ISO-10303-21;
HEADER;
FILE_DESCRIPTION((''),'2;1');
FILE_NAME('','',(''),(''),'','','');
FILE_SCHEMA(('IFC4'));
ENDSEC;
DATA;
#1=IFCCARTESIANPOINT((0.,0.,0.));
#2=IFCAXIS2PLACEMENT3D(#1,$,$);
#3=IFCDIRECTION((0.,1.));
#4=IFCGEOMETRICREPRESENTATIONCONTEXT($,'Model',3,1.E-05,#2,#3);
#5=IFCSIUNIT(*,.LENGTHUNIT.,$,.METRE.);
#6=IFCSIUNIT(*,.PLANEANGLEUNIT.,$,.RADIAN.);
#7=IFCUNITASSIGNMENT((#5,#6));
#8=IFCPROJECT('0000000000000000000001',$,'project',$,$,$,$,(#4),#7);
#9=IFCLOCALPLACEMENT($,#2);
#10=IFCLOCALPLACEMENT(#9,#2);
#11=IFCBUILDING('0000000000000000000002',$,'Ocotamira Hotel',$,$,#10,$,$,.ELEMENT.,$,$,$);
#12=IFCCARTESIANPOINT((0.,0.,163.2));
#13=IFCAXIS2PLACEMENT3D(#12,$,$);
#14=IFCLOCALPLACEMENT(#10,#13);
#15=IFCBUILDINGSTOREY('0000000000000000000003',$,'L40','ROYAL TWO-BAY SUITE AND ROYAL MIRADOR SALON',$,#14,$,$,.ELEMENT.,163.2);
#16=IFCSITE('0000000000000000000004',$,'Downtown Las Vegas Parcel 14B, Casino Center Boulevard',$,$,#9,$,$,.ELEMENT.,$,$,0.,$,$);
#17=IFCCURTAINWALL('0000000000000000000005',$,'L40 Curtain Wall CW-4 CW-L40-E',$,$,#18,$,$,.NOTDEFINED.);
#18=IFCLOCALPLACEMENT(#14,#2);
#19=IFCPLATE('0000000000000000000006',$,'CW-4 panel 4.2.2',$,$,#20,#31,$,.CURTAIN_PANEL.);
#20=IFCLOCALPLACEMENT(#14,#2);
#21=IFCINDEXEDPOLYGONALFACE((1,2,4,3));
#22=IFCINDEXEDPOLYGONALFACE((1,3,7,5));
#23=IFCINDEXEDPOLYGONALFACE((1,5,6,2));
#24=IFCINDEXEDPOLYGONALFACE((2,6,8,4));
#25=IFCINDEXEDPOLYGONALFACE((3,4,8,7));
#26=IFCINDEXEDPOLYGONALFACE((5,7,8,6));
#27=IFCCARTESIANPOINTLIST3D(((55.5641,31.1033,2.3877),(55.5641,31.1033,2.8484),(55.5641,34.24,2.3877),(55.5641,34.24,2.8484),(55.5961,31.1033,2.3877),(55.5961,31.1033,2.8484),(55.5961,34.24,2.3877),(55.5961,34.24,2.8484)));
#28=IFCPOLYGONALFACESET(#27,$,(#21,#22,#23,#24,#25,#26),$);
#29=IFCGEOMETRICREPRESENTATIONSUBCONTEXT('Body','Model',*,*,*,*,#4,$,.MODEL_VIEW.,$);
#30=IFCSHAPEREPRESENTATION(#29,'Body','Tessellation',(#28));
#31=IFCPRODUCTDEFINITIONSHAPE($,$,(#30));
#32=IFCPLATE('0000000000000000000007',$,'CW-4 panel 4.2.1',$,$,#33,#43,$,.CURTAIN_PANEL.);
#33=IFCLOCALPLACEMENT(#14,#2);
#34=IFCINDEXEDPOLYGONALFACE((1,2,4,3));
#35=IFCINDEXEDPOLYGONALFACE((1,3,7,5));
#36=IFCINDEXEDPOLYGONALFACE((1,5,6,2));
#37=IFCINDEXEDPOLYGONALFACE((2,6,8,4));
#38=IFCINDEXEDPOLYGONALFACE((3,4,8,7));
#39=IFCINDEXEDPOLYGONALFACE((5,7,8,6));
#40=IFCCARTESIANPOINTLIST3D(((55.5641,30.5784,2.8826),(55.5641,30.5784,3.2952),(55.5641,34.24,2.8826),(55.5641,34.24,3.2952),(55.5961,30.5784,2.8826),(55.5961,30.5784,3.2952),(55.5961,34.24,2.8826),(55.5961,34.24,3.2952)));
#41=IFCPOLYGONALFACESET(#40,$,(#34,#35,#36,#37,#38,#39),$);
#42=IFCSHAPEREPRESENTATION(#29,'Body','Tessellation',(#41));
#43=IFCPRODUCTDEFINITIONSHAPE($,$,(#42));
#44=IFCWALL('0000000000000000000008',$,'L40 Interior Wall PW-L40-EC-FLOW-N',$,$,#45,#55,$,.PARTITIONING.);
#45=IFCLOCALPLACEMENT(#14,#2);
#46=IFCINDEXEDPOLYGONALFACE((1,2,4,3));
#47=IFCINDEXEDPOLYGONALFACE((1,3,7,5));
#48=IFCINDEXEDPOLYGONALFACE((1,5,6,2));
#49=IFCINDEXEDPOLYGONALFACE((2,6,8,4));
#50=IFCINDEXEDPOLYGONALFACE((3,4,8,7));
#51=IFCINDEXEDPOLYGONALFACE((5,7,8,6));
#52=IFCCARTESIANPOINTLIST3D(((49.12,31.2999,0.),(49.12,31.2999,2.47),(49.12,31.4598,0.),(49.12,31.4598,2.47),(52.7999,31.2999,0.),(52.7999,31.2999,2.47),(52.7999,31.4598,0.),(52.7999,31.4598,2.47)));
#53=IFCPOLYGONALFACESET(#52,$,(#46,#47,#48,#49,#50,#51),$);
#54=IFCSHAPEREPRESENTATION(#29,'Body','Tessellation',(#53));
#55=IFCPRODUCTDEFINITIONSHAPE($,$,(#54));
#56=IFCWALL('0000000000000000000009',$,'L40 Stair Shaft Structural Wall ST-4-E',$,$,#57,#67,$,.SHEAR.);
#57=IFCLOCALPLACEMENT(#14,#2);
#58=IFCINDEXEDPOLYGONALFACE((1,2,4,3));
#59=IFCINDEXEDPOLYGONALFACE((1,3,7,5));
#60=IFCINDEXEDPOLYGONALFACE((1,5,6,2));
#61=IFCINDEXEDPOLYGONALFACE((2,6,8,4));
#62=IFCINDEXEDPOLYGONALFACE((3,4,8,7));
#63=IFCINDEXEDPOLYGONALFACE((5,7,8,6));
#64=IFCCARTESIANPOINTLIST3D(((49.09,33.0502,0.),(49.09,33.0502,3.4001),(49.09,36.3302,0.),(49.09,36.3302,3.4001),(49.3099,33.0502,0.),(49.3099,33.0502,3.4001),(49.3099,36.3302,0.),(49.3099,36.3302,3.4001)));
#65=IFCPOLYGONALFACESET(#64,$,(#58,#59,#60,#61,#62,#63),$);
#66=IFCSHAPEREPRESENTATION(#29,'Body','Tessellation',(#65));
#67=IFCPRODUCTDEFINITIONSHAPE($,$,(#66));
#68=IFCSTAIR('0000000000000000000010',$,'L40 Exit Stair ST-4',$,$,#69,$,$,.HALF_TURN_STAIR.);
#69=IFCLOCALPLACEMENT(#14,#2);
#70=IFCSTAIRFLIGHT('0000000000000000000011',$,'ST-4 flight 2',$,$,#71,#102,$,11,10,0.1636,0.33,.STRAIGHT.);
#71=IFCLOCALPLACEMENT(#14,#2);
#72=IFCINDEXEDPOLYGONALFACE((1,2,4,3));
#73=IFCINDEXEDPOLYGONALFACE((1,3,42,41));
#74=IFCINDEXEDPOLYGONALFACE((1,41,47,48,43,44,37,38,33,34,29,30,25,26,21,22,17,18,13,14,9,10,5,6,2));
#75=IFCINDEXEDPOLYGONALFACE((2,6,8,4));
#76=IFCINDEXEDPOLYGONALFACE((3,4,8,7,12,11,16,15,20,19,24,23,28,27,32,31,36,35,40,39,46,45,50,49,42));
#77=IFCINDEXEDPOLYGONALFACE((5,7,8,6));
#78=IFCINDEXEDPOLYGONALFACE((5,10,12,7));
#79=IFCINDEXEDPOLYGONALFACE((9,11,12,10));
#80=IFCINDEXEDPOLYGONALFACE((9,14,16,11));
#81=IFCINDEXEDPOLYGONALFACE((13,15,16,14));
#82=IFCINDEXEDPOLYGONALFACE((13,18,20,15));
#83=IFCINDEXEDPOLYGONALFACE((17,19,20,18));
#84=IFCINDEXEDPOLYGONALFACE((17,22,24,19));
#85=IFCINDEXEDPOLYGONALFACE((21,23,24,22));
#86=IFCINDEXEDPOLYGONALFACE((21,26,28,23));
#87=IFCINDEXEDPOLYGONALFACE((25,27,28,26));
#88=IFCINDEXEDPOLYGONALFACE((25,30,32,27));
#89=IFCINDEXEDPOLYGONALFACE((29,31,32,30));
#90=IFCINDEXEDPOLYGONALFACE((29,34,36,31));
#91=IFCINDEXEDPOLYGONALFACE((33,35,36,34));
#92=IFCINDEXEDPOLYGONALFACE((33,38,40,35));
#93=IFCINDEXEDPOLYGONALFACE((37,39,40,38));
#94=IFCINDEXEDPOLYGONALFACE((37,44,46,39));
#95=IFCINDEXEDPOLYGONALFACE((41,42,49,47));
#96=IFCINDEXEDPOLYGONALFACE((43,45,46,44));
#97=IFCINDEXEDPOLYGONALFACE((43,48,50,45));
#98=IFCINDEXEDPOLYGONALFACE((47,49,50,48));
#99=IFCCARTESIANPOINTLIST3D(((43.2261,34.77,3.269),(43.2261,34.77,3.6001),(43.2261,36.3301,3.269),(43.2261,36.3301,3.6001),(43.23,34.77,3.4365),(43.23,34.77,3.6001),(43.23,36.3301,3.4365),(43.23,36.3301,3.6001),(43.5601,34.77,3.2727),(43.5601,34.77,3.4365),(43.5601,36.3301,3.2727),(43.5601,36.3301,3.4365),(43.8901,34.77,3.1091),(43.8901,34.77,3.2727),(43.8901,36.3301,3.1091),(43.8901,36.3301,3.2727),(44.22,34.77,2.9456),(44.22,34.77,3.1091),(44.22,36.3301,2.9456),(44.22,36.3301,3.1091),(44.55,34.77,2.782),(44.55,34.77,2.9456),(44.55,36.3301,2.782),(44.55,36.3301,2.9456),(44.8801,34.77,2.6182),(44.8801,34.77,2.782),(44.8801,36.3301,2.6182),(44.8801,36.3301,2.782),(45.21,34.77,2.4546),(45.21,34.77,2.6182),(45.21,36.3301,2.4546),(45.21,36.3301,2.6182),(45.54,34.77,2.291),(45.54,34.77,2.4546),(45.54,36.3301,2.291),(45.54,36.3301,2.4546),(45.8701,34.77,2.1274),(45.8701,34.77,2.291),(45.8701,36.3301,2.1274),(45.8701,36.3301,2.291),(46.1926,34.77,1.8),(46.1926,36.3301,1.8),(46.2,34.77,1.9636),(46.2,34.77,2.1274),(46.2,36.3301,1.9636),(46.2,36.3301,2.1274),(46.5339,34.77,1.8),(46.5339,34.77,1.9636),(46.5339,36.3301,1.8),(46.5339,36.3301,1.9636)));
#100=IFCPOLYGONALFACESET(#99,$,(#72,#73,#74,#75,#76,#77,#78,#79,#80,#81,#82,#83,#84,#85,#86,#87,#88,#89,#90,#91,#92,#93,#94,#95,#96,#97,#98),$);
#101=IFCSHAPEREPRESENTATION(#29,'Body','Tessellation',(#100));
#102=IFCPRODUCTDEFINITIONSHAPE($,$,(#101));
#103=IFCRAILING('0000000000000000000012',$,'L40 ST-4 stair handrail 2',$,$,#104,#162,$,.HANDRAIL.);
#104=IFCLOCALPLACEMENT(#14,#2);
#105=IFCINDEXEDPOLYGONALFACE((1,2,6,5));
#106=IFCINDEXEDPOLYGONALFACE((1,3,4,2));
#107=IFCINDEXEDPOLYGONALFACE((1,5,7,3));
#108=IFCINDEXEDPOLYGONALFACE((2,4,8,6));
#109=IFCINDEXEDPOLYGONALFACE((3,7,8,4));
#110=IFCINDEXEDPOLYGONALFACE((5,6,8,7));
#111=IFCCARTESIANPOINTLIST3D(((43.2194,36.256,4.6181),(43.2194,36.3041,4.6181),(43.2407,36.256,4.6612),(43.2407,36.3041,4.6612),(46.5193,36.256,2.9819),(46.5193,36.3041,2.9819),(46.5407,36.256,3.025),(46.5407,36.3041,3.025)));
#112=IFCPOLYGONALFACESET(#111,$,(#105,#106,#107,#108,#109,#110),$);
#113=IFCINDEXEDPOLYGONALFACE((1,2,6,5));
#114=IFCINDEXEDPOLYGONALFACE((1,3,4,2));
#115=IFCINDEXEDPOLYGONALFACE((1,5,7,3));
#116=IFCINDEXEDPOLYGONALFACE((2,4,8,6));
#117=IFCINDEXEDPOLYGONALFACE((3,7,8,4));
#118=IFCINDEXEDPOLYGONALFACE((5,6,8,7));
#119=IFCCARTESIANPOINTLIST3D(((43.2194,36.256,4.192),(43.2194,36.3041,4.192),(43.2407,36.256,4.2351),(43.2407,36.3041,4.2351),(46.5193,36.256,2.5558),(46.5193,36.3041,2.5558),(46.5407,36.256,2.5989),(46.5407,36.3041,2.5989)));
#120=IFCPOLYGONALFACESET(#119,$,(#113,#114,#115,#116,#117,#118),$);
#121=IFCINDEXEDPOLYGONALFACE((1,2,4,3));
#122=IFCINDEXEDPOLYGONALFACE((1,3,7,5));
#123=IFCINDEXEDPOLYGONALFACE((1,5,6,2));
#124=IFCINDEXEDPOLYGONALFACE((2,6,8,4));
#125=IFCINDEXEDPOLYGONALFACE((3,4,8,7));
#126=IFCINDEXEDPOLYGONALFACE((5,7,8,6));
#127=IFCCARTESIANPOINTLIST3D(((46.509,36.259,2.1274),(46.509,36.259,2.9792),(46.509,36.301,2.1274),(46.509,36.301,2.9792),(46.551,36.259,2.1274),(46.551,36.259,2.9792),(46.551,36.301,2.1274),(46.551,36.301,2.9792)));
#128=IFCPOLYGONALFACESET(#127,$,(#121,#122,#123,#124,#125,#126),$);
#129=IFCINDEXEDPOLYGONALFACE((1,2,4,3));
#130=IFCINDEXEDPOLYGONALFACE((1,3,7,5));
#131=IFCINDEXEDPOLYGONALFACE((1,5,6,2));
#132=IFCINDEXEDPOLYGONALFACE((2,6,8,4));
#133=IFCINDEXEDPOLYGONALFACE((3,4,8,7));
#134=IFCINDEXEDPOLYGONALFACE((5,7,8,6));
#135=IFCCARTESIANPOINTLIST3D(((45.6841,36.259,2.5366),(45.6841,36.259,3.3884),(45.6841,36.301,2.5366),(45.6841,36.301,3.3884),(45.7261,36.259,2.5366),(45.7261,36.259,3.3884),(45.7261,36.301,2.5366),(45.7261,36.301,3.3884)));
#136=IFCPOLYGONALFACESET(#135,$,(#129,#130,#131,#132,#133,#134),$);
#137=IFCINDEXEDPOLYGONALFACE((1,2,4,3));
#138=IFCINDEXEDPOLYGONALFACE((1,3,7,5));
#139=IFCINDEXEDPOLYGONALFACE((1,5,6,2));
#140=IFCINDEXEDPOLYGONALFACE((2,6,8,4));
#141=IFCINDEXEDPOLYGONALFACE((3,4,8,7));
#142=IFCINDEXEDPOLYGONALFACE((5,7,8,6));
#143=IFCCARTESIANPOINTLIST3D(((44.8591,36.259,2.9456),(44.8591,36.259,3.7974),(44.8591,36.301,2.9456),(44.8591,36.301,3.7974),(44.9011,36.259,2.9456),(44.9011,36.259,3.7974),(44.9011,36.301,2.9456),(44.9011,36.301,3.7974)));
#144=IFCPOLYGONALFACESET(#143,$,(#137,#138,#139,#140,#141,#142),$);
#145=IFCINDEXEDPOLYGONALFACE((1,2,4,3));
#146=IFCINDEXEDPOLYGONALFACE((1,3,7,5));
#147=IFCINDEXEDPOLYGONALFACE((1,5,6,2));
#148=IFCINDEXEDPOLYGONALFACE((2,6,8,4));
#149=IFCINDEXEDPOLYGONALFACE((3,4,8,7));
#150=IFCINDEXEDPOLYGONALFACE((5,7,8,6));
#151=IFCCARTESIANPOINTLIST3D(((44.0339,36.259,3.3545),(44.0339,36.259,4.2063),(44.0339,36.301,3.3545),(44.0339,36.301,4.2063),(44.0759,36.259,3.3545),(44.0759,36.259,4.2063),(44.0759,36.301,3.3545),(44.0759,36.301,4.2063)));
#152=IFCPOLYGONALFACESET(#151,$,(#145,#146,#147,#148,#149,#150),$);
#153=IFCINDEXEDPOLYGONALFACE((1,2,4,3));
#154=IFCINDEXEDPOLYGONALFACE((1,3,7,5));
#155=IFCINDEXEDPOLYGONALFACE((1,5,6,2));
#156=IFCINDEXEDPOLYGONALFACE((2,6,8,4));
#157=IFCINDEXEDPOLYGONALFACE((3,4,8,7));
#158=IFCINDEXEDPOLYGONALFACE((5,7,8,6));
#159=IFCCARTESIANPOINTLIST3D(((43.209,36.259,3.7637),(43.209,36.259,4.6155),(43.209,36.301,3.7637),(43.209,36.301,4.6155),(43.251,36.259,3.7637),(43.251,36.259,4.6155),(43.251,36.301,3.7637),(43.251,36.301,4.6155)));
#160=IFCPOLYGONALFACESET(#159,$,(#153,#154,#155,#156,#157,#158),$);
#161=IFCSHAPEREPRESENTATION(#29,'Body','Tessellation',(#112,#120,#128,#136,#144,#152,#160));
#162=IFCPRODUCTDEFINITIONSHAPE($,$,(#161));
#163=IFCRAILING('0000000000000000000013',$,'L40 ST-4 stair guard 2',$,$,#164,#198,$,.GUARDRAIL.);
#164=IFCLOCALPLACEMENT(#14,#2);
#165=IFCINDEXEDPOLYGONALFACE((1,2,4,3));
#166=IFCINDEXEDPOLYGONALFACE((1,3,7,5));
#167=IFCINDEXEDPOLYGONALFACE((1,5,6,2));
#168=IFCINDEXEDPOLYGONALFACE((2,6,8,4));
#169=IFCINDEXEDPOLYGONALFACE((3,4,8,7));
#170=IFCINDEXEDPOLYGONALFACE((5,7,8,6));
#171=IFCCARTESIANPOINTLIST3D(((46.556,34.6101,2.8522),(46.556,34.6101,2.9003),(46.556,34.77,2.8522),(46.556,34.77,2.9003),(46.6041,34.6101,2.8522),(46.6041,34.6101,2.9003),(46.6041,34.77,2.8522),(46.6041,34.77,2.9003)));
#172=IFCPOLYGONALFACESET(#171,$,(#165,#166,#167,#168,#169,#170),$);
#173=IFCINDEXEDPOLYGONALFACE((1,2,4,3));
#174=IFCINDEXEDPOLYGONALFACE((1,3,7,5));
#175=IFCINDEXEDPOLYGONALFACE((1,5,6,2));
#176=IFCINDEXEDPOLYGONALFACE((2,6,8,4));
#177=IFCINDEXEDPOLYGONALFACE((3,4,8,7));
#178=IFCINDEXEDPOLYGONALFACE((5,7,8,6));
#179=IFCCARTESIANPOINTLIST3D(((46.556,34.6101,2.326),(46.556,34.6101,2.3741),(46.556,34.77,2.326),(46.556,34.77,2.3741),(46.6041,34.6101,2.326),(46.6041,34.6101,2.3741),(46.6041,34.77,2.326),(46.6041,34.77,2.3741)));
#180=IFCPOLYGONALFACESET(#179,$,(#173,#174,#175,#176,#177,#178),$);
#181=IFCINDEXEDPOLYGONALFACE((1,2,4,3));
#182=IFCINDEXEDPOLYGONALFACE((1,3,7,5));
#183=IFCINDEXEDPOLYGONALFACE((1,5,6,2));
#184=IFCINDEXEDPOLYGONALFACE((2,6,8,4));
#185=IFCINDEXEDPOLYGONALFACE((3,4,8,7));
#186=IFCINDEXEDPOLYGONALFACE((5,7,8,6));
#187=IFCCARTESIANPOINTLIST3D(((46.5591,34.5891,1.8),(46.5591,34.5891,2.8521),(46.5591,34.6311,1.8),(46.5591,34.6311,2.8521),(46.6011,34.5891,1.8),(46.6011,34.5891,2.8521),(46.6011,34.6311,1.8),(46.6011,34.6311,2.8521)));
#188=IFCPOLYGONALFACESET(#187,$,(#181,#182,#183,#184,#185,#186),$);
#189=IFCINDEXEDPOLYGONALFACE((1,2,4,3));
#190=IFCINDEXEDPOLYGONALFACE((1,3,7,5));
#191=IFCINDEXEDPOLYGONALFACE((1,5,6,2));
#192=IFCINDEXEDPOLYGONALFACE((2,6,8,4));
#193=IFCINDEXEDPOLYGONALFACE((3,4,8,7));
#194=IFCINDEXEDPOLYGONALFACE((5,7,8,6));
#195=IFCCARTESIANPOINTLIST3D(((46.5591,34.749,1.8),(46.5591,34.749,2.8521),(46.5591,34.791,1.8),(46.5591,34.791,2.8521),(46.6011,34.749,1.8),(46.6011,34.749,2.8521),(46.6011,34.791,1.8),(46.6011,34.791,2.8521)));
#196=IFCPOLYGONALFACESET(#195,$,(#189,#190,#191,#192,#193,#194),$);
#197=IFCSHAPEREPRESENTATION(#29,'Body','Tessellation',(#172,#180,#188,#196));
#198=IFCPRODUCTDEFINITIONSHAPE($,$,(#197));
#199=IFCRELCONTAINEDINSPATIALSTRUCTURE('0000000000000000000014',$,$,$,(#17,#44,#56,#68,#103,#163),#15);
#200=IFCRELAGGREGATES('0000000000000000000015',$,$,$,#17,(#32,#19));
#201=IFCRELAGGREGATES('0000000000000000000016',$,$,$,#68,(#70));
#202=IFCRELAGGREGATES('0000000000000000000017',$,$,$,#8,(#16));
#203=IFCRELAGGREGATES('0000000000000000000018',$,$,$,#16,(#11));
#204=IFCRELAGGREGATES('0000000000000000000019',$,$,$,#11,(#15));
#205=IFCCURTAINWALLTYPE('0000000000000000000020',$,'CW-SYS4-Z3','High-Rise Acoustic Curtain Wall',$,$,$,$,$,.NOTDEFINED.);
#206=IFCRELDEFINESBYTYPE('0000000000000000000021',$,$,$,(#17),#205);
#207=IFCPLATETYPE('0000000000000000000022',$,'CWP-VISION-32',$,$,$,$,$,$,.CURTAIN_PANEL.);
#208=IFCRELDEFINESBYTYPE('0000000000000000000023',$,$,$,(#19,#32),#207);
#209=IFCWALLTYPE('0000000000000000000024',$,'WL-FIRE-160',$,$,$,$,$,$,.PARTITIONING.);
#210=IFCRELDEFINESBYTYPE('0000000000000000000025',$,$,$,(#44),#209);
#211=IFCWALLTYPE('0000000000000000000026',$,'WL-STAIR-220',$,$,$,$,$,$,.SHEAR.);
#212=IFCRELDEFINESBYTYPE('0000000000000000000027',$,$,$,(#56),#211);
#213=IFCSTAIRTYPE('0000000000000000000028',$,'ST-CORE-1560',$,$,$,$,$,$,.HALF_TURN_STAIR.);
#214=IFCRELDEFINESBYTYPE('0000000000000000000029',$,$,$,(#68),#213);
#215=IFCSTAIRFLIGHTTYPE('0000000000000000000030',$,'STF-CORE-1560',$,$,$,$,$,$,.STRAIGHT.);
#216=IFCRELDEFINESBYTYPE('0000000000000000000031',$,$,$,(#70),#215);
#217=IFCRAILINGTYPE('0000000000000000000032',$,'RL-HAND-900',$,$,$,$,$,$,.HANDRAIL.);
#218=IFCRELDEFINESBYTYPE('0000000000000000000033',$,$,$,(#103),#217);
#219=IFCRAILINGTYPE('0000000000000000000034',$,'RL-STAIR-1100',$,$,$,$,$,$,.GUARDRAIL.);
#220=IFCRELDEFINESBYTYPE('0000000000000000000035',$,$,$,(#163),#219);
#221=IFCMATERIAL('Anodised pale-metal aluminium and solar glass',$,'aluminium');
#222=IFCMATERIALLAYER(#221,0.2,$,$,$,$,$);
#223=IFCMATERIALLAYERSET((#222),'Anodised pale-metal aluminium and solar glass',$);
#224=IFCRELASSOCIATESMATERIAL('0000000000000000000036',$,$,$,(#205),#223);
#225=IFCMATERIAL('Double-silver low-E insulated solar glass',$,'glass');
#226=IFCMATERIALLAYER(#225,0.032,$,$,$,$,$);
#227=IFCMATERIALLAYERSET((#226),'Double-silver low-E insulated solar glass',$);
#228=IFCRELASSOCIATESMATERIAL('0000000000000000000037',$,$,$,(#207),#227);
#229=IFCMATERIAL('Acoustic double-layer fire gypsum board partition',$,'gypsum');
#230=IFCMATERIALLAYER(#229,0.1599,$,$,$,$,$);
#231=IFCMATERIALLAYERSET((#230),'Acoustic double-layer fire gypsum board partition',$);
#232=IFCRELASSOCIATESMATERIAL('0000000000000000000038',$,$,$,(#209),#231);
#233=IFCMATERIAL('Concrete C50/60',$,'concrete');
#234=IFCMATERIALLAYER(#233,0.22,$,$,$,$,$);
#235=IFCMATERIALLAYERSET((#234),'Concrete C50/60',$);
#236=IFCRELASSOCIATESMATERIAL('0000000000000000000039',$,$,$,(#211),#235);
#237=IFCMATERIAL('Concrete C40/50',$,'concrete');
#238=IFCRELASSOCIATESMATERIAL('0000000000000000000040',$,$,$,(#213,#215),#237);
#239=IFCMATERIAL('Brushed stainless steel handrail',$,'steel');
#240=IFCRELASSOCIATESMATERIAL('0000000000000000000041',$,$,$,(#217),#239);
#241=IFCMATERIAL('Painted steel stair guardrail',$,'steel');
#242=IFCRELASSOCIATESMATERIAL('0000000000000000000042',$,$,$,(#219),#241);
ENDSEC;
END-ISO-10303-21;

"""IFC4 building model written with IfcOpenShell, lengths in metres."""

from ifc_helpers import new_model, si_unit, direction, frame, frame_2d, origin, origin_2d, place, context, subcontext, project, spatial, polyline, rectangle, outline, extrude, source, transform, mapped, material, layer, layer_set, type_object, element, aggregate, save


model = new_model("IFC4")

# Units and contexts
model_context = context("Model", 3, precision=1e-05, world=origin(), true_north=direction((0.0, 1.0)))
body_context = subcontext(model_context, "Body", "Model", "MODEL_VIEW")
ifc_project = project(units=[si_unit("LENGTHUNIT", "METRE"), si_unit("PLANEANGLEUNIT", "RADIAN")], contexts=[model_context])

# Site, building, storey
site_placement = place(None, origin())
site = spatial("IfcSite", under=ifc_project, at=site_placement, Name="Downtown Las Vegas Parcel 14B, Casino Center Boulevard", CompositionType="ELEMENT", RefElevation=0.0)
building_placement = place(site_placement, origin())
building = spatial("IfcBuilding", under=site, at=building_placement, Name="Ocotamira Hotel", CompositionType="ELEMENT")
storey_placement = place(building_placement, frame((0.0, 0.0, 163.2)))
storey = spatial("IfcBuildingStorey", under=building, at=storey_placement, Name="L40", Description="ROYAL TWO-BAY SUITE AND ROYAL MIRADOR SALON", CompositionType="ELEMENT", Elevation=163.2)

# Curtain wall
ifc_material_1 = material(Name="Anodised pale-metal aluminium and solar glass", Category="aluminium")
ifc_layer_1 = layer(ifc_material_1, 0.2)
ifc_layer_set_1 = layer_set([ifc_layer_1], Name="Anodised pale-metal aluminium and solar glass")
curtain_wall_type = type_object("IfcCurtainWallType", Name="CW-SYS4-Z3", Description="High-Rise Acoustic Curtain Wall", PredefinedType="NOTDEFINED", material=ifc_layer_set_1)
curtain_wall_placement = place(storey_placement, origin())
curtain_wall = element("IfcCurtainWall", 1, at=curtain_wall_placement, inside=storey, type_object=curtain_wall_type, Name="L40 Curtain Wall CW-4 CW-L40-E", PredefinedType="NOTDEFINED")

# Plates
ifc_material_2 = material(Name="Double-silver low-E insulated solar glass", Category="glass")
ifc_layer_2 = layer(ifc_material_2, 0.032)
ifc_layer_set_2 = layer_set([ifc_layer_2], Name="Double-silver low-E insulated solar glass")
plate_type_1 = type_object("IfcPlateType", Name="CWP-VISION-32", PredefinedType="CURTAIN_PANEL", material=ifc_layer_set_2)
shared_shape_1 = source(origin(), body_context, "Body", "SweptSolid", [
    extrude(rectangle(XDim=3.1367, YDim=0.032, at=origin_2d()), origin(), (0.0, 0.0, 1.0), 0.4607),
])
plate_1_placement = place(storey_placement, frame((55.5801, 32.6716, 2.3877), z_axis=(0.0, 0.0, 1.0), x_axis=(0.0, 1.0, 0.0)))
plate_1 = element("IfcPlate", 2, at=plate_1_placement, type_object=plate_type_1, Name="CW-4 panel 4.2.2", PredefinedType="CURTAIN_PANEL", context=body_context, shape_type="MappedRepresentation", body=[
    mapped(shared_shape_1, transform((0.0, 0.0, 0.0), scale=1.0)),
])
shared_shape_2 = source(origin(), body_context, "Body", "SweptSolid", [
    extrude(rectangle(XDim=3.6616, YDim=0.032, at=origin_2d()), origin(), (0.0, 0.0, 1.0), 0.4126),
])
plate_2_placement = place(storey_placement, frame((55.5801, 32.4092, 2.8826), z_axis=(0.0, 0.0, 1.0), x_axis=(0.0, 1.0, 0.0)))
plate_2 = element("IfcPlate", 3, at=plate_2_placement, type_object=plate_type_1, Name="CW-4 panel 4.2.1", PredefinedType="CURTAIN_PANEL", context=body_context, shape_type="MappedRepresentation", body=[
    mapped(shared_shape_2, transform((0.0, 0.0, 0.0), scale=1.0)),
])
aggregate(curtain_wall, [plate_2, plate_1])

# Wall
ifc_material_3 = material(Name="Acoustic double-layer fire gypsum board partition", Category="gypsum")
ifc_layer_3 = layer(ifc_material_3, 0.1599)
ifc_layer_set_3 = layer_set([ifc_layer_3], Name="Acoustic double-layer fire gypsum board partition")
wall_type_1 = type_object("IfcWallType", Name="WL-FIRE-160", PredefinedType="PARTITIONING", material=ifc_layer_set_3)
wall_1_placement = place(storey_placement, frame((49.1201, 31.3799, 0.0), z_axis=(0.0, 0.0, 1.0), x_axis=(1.0, 0.0, 0.0)))
element("IfcWall", 4, at=wall_1_placement, inside=storey, type_object=wall_type_1, Name="L40 Interior Wall PW-L40-EC-FLOW-N", PredefinedType="PARTITIONING", context=body_context, shape_type="SweptSolid", body=[
    extrude(rectangle(XDim=3.6799, YDim=0.1599, at=frame_2d((1.8398, 0.0))), origin(), (0.0, 0.0, 1.0), 2.47),
])

# Wall
ifc_material_4 = material(Name="Concrete C50/60", Category="concrete")
ifc_layer_4 = layer(ifc_material_4, 0.22)
ifc_layer_set_4 = layer_set([ifc_layer_4], Name="Concrete C50/60")
wall_type_2 = type_object("IfcWallType", Name="WL-STAIR-220", PredefinedType="SHEAR", material=ifc_layer_set_4)
wall_2_placement = place(storey_placement, frame((49.2, 33.05, 0.0), z_axis=(0.0, 0.0, 1.0), x_axis=(0.0, 1.0, 0.0)))
element("IfcWall", 5, at=wall_2_placement, inside=storey, type_object=wall_type_2, Name="L40 Stair Shaft Structural Wall ST-4-E", PredefinedType="SHEAR", context=body_context, shape_type="SweptSolid", body=[
    extrude(rectangle(XDim=3.28, YDim=0.22, at=frame_2d((1.6401, 0.0))), origin(), (0.0, 0.0, 1.0), 3.4001),
])

# Stair, stair flight
ifc_material_5 = material(Name="Concrete C40/50", Category="concrete")
stair_type = type_object("IfcStairType", Name="ST-CORE-1560", PredefinedType="HALF_TURN_STAIR", material=ifc_material_5)
stair_placement = place(storey_placement, origin())
stair = element("IfcStair", 6, at=stair_placement, inside=storey, type_object=stair_type, Name="L40 Exit Stair ST-4", PredefinedType="HALF_TURN_STAIR")
stair_flight_type = type_object("IfcStairFlightType", Name="STF-CORE-1560", PredefinedType="STRAIGHT", material=ifc_material_5)
shared_shape_3 = source(origin(), body_context, "Body", "SweptSolid", [
    extrude(outline(polyline([(-0.0039, 0.0), (-0.0039, 0.1636), (0.3301, 0.1636), (0.3301, 0.3274), (0.6599, 0.3274), (0.6599, 0.491), (0.99, 0.491), (0.99, 0.6545), (1.3201, 0.6545), (1.3201, 0.8181), (1.6499, 0.8181), (1.6499, 0.9819), (1.98, 0.9819), (1.98, 1.1455), (2.3101, 1.1455), (2.3101, 1.3091), (2.6399, 1.3091), (2.6399, 1.4727), (2.97, 1.4727), (2.97, 1.6365), (3.3, 1.6365), (3.3, 1.8), (3.304, 1.8), (3.304, 1.469), (0.3374, 0.0), (-0.0039, 0.0)])), frame((0.0, 0.78, 0.0), z_axis=(0.0, -1.0, 0.0), x_axis=(1.0, 0.0, 0.0)), (0.0, 0.0, 1.0), 1.5601),
])
stair_flight_placement = place(storey_placement, frame((46.53, 35.55, 1.8), z_axis=(0.0, 0.0, 1.0), x_axis=(-1.0, 0.0, 0.0)))
stair_flight = element("IfcStairFlight", 7, at=stair_flight_placement, type_object=stair_flight_type, Name="ST-4 flight 2", NumberOfRisers=11, NumberOfTreads=10, PredefinedType="STRAIGHT", RiserHeight=0.1636, TreadLength=0.33, context=body_context, shape_type="MappedRepresentation", body=[
    mapped(shared_shape_3, transform((0.0, 0.0, 0.0), scale=1.0)),
])
aggregate(stair, [stair_flight])

# Railings
ifc_material_6 = material(Name="Brushed stainless steel handrail", Category="steel")
railing_type_1 = type_object("IfcRailingType", Name="RL-HAND-900", PredefinedType="HANDRAIL", material=ifc_material_6)
railing_1_placement = place(storey_placement, frame((46.53, 36.28, 2.1274)))
element("IfcRailing", 8, at=railing_1_placement, inside=storey, type_object=railing_type_1, Name="L40 ST-4 stair handrail 2", PredefinedType="HANDRAIL", context=body_context, shape_type="SweptSolid", body=[
    extrude(rectangle(XDim=0.0481, YDim=0.0481, at=origin_2d()), frame((0.0, 0.0, 0.876), z_axis=(-0.89592, 0.0, 0.444215), x_axis=(0.0, -1.0, 0.0)), (0.0, 0.0, 1.0), 3.6833),
    extrude(rectangle(XDim=0.0481, YDim=0.0481, at=origin_2d()), frame((0.0, 0.0, 0.45), z_axis=(-0.89592, 0.0, 0.444215), x_axis=(0.0, -1.0, 0.0)), (0.0, 0.0, 1.0), 3.6833),
    extrude(rectangle(XDim=0.042, YDim=0.042, at=origin_2d()), origin(), (0.0, 0.0, 1.0), 0.8518),
    extrude(rectangle(XDim=0.042, YDim=0.042, at=origin_2d()), frame((-0.825, 0.0, 0.4092)), (0.0, 0.0, 1.0), 0.8518),
    extrude(rectangle(XDim=0.042, YDim=0.042, at=origin_2d()), frame((-1.6499, 0.0, 0.8181)), (0.0, 0.0, 1.0), 0.8518),
    extrude(rectangle(XDim=0.042, YDim=0.042, at=origin_2d()), frame((-2.4751, 0.0, 1.2271)), (0.0, 0.0, 1.0), 0.8518),
    extrude(rectangle(XDim=0.042, YDim=0.042, at=origin_2d()), frame((-3.3, 0.0, 1.6362)), (0.0, 0.0, 1.0), 0.8518),
])
ifc_material_7 = material(Name="Painted steel stair guardrail", Category="steel")
railing_type_2 = type_object("IfcRailingType", Name="RL-STAIR-1100", PredefinedType="GUARDRAIL", material=ifc_material_7)
railing_2_placement = place(storey_placement, frame((46.5801, 34.6101, 1.8)))
element("IfcRailing", 9, at=railing_2_placement, inside=storey, type_object=railing_type_2, Name="L40 ST-4 stair guard 2", PredefinedType="GUARDRAIL", context=body_context, shape_type="SweptSolid", body=[
    extrude(rectangle(XDim=0.0481, YDim=0.0481, at=origin_2d()), frame((0.0, 0.0, 1.0762), z_axis=(0.0, 1.0, 0.0), x_axis=(-1.0, 0.0, 0.0)), (0.0, 0.0, 1.0), 0.1599),
    extrude(rectangle(XDim=0.0481, YDim=0.0481, at=origin_2d()), frame((0.0, 0.0, 0.55), z_axis=(0.0, 1.0, 0.0), x_axis=(-1.0, 0.0, 0.0)), (0.0, 0.0, 1.0), 0.1599),
    extrude(rectangle(XDim=0.042, YDim=0.042, at=origin_2d()), origin(), (0.0, 0.0, 1.0), 1.052),
    extrude(rectangle(XDim=0.042, YDim=0.042, at=origin_2d()), frame((0.0, 0.1599, 0.0)), (0.0, 0.0, 1.0), 1.052),
])

save(model, "model.ifc")
